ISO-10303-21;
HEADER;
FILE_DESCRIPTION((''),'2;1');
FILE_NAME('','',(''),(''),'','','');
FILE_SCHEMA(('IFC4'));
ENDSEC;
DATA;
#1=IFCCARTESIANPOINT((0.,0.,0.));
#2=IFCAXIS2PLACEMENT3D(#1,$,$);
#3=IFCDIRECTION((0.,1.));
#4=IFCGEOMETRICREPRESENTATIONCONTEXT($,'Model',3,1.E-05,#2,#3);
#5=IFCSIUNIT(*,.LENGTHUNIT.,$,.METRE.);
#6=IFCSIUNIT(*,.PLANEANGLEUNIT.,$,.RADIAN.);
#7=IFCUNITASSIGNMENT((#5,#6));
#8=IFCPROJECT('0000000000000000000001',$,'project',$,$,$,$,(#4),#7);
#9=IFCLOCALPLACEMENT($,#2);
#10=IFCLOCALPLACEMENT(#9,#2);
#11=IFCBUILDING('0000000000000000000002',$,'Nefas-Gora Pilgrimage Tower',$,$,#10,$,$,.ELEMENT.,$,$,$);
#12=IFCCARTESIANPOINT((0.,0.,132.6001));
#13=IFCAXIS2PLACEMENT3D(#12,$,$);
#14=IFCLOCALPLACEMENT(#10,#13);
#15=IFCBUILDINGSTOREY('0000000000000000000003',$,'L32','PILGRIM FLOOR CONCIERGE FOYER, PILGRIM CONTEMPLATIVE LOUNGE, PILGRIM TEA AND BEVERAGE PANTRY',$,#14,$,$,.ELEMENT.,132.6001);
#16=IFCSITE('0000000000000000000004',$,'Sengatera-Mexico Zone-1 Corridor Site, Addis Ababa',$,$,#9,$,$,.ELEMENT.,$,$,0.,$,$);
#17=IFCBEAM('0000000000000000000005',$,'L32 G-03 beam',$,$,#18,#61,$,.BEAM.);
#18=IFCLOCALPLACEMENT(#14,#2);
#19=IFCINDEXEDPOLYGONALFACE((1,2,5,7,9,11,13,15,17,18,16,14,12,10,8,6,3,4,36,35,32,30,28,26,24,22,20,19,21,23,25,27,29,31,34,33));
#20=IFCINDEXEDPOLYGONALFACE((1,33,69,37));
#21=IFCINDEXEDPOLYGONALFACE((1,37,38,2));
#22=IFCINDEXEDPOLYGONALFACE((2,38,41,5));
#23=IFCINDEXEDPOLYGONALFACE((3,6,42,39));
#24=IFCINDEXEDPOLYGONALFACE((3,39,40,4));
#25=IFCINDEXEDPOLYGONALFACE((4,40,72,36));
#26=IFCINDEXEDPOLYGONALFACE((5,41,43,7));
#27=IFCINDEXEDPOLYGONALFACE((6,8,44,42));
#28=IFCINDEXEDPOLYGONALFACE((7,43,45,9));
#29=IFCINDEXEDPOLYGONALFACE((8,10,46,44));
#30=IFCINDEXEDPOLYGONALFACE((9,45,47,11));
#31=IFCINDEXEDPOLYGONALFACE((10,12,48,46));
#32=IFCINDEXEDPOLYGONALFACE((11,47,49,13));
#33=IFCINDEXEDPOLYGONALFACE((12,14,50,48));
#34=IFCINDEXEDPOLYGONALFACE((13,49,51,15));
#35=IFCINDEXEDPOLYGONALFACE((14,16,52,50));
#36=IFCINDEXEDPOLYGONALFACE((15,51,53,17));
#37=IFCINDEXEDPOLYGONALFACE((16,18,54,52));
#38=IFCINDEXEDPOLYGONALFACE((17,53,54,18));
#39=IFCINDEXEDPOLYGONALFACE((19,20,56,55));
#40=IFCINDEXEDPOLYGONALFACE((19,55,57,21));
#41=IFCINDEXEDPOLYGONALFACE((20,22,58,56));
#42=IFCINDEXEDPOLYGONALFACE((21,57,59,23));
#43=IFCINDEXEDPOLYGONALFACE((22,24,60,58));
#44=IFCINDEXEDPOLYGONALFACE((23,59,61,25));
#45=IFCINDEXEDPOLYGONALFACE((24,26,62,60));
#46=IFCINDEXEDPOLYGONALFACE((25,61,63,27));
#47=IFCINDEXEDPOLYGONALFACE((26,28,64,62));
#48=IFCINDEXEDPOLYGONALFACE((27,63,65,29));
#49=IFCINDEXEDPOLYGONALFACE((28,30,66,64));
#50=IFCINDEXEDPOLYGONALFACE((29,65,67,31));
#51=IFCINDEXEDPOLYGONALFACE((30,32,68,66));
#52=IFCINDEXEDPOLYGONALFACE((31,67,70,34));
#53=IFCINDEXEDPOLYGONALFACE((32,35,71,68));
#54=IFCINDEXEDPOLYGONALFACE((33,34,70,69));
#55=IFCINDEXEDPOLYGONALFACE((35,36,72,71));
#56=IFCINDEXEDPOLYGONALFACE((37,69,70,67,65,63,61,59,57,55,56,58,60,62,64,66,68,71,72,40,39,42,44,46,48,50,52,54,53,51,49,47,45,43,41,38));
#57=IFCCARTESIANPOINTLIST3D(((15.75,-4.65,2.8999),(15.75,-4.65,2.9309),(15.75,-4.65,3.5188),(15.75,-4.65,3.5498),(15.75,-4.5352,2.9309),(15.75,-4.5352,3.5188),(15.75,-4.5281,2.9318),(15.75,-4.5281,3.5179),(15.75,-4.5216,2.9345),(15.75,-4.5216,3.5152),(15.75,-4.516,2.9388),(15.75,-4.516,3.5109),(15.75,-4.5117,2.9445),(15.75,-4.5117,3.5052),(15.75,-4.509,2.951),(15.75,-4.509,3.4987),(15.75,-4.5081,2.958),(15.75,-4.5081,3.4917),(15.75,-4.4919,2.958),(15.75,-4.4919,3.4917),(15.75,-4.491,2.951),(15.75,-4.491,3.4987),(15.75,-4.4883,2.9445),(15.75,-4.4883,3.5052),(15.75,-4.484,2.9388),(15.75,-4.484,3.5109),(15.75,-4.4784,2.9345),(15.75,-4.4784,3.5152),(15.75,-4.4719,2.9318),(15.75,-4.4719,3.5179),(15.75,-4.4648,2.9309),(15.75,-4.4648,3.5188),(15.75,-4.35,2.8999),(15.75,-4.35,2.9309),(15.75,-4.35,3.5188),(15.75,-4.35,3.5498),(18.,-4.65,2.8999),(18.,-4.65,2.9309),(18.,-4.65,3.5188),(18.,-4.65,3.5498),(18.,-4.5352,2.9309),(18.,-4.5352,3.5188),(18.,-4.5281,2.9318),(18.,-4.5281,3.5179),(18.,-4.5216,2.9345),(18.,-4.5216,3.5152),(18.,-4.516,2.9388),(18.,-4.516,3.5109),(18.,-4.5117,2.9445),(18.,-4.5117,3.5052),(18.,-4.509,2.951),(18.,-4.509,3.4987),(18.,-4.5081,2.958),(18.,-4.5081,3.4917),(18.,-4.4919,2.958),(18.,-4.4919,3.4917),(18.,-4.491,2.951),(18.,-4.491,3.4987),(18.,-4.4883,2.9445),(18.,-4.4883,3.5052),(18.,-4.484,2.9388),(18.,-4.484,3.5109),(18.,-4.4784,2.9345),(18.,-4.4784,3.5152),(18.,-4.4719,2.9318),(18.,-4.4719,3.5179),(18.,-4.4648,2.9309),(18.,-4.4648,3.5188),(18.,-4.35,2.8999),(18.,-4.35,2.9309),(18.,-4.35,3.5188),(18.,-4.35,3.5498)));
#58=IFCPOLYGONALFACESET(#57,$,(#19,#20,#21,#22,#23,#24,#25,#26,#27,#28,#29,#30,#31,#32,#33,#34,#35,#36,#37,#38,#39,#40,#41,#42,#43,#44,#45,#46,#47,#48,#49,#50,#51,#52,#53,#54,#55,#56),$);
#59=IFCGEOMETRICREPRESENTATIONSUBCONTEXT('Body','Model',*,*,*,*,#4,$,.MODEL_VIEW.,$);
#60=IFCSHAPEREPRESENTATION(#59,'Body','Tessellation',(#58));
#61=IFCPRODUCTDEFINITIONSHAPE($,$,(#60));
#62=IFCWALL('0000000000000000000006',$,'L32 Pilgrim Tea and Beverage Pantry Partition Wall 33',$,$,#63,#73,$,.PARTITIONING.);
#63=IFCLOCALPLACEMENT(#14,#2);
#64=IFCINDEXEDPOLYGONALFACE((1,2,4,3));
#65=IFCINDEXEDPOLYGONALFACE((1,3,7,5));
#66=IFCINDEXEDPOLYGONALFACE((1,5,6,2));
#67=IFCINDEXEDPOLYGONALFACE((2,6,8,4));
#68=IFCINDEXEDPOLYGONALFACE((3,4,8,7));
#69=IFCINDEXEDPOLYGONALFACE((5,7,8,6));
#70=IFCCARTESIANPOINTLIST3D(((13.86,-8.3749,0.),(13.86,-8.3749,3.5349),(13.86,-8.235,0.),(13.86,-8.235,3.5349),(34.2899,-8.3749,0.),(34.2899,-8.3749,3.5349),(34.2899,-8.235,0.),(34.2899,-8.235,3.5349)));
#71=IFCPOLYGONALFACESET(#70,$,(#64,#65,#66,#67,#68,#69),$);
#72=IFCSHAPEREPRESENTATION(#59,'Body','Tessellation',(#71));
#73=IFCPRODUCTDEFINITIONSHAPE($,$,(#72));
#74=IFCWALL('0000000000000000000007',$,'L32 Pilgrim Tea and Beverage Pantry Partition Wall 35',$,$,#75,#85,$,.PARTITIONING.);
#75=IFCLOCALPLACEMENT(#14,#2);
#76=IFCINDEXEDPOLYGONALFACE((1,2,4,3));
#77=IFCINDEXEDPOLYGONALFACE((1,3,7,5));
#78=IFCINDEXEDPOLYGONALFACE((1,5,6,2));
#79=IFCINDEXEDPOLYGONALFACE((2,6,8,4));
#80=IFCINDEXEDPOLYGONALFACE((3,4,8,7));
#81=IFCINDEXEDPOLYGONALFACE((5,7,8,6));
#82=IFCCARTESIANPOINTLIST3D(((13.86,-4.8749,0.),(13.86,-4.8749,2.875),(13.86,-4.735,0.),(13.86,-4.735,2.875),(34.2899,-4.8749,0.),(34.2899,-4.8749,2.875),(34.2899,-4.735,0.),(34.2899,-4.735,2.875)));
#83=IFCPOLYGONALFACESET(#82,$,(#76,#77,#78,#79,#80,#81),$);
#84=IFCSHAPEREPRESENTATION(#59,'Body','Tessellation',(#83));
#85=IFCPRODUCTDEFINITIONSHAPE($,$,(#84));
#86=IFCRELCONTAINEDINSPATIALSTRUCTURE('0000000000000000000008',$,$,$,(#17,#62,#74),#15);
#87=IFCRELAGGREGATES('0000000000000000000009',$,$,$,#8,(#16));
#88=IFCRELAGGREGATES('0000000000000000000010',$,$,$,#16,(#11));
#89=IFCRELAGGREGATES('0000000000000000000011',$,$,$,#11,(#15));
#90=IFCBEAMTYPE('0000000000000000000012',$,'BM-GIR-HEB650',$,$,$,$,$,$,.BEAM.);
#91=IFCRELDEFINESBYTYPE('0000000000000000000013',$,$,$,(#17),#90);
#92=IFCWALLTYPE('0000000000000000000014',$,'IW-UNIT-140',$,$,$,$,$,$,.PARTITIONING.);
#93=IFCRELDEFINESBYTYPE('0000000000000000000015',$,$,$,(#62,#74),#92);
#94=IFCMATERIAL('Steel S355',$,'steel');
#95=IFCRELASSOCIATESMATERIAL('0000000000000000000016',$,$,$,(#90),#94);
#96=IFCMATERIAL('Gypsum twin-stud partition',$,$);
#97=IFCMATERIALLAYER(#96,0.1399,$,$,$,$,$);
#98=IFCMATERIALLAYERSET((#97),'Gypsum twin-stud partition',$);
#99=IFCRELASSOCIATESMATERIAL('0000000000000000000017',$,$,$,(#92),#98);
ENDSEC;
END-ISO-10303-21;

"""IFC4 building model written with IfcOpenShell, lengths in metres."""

from ifc_helpers import new_model, si_unit, direction, frame, frame_2d, origin, origin_2d, place, context, subcontext, project, spatial, rectangle, i_section, extrude, source, transform, mapped, material, layer, layer_set, material_profile, profile_set, type_object, element, save


model = new_model("IFC4")

# Units and contexts
model_context = context("Model", 3, precision=1e-05, world=origin(), true_north=direction((0.0, 1.0)))
body_context = subcontext(model_context, "Body", "Model", "MODEL_VIEW")
ifc_project = project(units=[si_unit("LENGTHUNIT", "METRE"), si_unit("PLANEANGLEUNIT", "RADIAN")], contexts=[model_context])

# Site, building, storey
site_placement = place(None, origin())
site = spatial("IfcSite", under=ifc_project, at=site_placement, Name="Sengatera-Mexico Zone-1 Corridor Site, Addis Ababa", CompositionType="ELEMENT", RefElevation=0.0)
building_placement = place(site_placement, origin())
building = spatial("IfcBuilding", under=site, at=building_placement, Name="Nefas-Gora Pilgrimage Tower", CompositionType="ELEMENT")
storey_placement = place(building_placement, frame((0.0, 0.0, 132.6001)))
storey = spatial("IfcBuildingStorey", under=building, at=storey_placement, Name="L32", Description="PILGRIM FLOOR CONCIERGE FOYER, PILGRIM CONTEMPLATIVE LOUNGE, PILGRIM TEA AND BEVERAGE PANTRY", CompositionType="ELEMENT", Elevation=132.6001)

# Beam
ifc_material_1 = material(Name="Steel S355", Category="steel")
ifc_material_profile_1 = material_profile(ifc_material_1, i_section(OverallWidth=0.3, OverallDepth=0.6499, WebThickness=0.0161, FlangeThickness=0.031, FilletRadius=0.0271, at=origin_2d()), Name="HEB 650")
ifc_profile_set_1 = profile_set([ifc_material_profile_1], Name="Steel S355")
beam_type_1 = type_object("IfcBeamType", Name="BM-GIR-HEB650", PredefinedType="BEAM", material=ifc_profile_set_1)
shared_shape_1 = source(origin(), body_context, "Body", "SweptSolid", [
    extrude(i_section(OverallWidth=0.3, OverallDepth=0.6499, WebThickness=0.0161, FlangeThickness=0.031, FilletRadius=0.0271, at=origin_2d()), origin(), (0.0, 0.0, 1.0), 2.25),
])
for number, where, z_axis, x_axis, name in (
    (1, (15.75, -4.5, 3.2249), (1.0, 0.0, 0.0), (0.0, 1.0, 0.0), "L32 G-03 beam"),
):
    element("IfcBeam", number, at=place(storey_placement, frame(where, z_axis=z_axis, x_axis=x_axis)), inside=storey, type_object=beam_type_1, Name=name, PredefinedType="BEAM", context=body_context, shape_type="MappedRepresentation", body=[
        mapped(shared_shape_1, transform((0.0, 0.0, 0.0), x_axis=(1.0, 0.0, 0.0), y_axis=(0.0, 1.0, 0.0), z_axis=(0.0, 0.0, 1.0), scale=1.0)),
    ])

# Walls
ifc_material_2 = material(Name="Gypsum twin-stud partition")
ifc_layer = layer(ifc_material_2, 0.1399)
ifc_layer_set = layer_set([ifc_layer], Name="Gypsum twin-stud partition")
wall_type = type_object("IfcWallType", Name="IW-UNIT-140", PredefinedType="PARTITIONING", material=ifc_layer_set)
shared_shape_2 = source(origin(), body_context, "Body", "SweptSolid", [
    extrude(rectangle(XDim=20.4299, YDim=0.1399, at=frame_2d((10.2148, 0.0))), origin(), (0.0, 0.0, 1.0), 3.5349),
])
wall_1_placement = place(storey_placement, frame((13.8601, -8.3049, 0.0), z_axis=(0.0, 0.0, 1.0), x_axis=(1.0, 0.0, 0.0)))
element("IfcWall", 2, at=wall_1_placement, inside=storey, type_object=wall_type, Name="L32 Pilgrim Tea and Beverage Pantry Partition Wall 33", PredefinedType="PARTITIONING", context=body_context, shape_type="MappedRepresentation", body=[
    mapped(shared_shape_2, transform((0.0, 0.0, 0.0), x_axis=(1.0, 0.0, 0.0), y_axis=(0.0, 1.0, 0.0), z_axis=(0.0, 0.0, 1.0), scale=1.0)),
])
shared_shape_3 = source(origin(), body_context, "Body", "SweptSolid", [
    extrude(rectangle(XDim=20.4299, YDim=0.1399, at=frame_2d((10.2148, 0.0))), origin(), (0.0, 0.0, 1.0), 2.875),
])
wall_2_placement = place(storey_placement, frame((13.8601, -4.8049, 0.0), z_axis=(0.0, 0.0, 1.0), x_axis=(1.0, 0.0, 0.0)))
element("IfcWall", 3, at=wall_2_placement, inside=storey, type_object=wall_type, Name="L32 Pilgrim Tea and Beverage Pantry Partition Wall 35", PredefinedType="PARTITIONING", context=body_context, shape_type="MappedRepresentation", body=[
    mapped(shared_shape_3, transform((0.0, 0.0, 0.0), x_axis=(1.0, 0.0, 0.0), y_axis=(0.0, 1.0, 0.0), z_axis=(0.0, 0.0, 1.0), scale=1.0)),
])

save(model, "model.ifc")
